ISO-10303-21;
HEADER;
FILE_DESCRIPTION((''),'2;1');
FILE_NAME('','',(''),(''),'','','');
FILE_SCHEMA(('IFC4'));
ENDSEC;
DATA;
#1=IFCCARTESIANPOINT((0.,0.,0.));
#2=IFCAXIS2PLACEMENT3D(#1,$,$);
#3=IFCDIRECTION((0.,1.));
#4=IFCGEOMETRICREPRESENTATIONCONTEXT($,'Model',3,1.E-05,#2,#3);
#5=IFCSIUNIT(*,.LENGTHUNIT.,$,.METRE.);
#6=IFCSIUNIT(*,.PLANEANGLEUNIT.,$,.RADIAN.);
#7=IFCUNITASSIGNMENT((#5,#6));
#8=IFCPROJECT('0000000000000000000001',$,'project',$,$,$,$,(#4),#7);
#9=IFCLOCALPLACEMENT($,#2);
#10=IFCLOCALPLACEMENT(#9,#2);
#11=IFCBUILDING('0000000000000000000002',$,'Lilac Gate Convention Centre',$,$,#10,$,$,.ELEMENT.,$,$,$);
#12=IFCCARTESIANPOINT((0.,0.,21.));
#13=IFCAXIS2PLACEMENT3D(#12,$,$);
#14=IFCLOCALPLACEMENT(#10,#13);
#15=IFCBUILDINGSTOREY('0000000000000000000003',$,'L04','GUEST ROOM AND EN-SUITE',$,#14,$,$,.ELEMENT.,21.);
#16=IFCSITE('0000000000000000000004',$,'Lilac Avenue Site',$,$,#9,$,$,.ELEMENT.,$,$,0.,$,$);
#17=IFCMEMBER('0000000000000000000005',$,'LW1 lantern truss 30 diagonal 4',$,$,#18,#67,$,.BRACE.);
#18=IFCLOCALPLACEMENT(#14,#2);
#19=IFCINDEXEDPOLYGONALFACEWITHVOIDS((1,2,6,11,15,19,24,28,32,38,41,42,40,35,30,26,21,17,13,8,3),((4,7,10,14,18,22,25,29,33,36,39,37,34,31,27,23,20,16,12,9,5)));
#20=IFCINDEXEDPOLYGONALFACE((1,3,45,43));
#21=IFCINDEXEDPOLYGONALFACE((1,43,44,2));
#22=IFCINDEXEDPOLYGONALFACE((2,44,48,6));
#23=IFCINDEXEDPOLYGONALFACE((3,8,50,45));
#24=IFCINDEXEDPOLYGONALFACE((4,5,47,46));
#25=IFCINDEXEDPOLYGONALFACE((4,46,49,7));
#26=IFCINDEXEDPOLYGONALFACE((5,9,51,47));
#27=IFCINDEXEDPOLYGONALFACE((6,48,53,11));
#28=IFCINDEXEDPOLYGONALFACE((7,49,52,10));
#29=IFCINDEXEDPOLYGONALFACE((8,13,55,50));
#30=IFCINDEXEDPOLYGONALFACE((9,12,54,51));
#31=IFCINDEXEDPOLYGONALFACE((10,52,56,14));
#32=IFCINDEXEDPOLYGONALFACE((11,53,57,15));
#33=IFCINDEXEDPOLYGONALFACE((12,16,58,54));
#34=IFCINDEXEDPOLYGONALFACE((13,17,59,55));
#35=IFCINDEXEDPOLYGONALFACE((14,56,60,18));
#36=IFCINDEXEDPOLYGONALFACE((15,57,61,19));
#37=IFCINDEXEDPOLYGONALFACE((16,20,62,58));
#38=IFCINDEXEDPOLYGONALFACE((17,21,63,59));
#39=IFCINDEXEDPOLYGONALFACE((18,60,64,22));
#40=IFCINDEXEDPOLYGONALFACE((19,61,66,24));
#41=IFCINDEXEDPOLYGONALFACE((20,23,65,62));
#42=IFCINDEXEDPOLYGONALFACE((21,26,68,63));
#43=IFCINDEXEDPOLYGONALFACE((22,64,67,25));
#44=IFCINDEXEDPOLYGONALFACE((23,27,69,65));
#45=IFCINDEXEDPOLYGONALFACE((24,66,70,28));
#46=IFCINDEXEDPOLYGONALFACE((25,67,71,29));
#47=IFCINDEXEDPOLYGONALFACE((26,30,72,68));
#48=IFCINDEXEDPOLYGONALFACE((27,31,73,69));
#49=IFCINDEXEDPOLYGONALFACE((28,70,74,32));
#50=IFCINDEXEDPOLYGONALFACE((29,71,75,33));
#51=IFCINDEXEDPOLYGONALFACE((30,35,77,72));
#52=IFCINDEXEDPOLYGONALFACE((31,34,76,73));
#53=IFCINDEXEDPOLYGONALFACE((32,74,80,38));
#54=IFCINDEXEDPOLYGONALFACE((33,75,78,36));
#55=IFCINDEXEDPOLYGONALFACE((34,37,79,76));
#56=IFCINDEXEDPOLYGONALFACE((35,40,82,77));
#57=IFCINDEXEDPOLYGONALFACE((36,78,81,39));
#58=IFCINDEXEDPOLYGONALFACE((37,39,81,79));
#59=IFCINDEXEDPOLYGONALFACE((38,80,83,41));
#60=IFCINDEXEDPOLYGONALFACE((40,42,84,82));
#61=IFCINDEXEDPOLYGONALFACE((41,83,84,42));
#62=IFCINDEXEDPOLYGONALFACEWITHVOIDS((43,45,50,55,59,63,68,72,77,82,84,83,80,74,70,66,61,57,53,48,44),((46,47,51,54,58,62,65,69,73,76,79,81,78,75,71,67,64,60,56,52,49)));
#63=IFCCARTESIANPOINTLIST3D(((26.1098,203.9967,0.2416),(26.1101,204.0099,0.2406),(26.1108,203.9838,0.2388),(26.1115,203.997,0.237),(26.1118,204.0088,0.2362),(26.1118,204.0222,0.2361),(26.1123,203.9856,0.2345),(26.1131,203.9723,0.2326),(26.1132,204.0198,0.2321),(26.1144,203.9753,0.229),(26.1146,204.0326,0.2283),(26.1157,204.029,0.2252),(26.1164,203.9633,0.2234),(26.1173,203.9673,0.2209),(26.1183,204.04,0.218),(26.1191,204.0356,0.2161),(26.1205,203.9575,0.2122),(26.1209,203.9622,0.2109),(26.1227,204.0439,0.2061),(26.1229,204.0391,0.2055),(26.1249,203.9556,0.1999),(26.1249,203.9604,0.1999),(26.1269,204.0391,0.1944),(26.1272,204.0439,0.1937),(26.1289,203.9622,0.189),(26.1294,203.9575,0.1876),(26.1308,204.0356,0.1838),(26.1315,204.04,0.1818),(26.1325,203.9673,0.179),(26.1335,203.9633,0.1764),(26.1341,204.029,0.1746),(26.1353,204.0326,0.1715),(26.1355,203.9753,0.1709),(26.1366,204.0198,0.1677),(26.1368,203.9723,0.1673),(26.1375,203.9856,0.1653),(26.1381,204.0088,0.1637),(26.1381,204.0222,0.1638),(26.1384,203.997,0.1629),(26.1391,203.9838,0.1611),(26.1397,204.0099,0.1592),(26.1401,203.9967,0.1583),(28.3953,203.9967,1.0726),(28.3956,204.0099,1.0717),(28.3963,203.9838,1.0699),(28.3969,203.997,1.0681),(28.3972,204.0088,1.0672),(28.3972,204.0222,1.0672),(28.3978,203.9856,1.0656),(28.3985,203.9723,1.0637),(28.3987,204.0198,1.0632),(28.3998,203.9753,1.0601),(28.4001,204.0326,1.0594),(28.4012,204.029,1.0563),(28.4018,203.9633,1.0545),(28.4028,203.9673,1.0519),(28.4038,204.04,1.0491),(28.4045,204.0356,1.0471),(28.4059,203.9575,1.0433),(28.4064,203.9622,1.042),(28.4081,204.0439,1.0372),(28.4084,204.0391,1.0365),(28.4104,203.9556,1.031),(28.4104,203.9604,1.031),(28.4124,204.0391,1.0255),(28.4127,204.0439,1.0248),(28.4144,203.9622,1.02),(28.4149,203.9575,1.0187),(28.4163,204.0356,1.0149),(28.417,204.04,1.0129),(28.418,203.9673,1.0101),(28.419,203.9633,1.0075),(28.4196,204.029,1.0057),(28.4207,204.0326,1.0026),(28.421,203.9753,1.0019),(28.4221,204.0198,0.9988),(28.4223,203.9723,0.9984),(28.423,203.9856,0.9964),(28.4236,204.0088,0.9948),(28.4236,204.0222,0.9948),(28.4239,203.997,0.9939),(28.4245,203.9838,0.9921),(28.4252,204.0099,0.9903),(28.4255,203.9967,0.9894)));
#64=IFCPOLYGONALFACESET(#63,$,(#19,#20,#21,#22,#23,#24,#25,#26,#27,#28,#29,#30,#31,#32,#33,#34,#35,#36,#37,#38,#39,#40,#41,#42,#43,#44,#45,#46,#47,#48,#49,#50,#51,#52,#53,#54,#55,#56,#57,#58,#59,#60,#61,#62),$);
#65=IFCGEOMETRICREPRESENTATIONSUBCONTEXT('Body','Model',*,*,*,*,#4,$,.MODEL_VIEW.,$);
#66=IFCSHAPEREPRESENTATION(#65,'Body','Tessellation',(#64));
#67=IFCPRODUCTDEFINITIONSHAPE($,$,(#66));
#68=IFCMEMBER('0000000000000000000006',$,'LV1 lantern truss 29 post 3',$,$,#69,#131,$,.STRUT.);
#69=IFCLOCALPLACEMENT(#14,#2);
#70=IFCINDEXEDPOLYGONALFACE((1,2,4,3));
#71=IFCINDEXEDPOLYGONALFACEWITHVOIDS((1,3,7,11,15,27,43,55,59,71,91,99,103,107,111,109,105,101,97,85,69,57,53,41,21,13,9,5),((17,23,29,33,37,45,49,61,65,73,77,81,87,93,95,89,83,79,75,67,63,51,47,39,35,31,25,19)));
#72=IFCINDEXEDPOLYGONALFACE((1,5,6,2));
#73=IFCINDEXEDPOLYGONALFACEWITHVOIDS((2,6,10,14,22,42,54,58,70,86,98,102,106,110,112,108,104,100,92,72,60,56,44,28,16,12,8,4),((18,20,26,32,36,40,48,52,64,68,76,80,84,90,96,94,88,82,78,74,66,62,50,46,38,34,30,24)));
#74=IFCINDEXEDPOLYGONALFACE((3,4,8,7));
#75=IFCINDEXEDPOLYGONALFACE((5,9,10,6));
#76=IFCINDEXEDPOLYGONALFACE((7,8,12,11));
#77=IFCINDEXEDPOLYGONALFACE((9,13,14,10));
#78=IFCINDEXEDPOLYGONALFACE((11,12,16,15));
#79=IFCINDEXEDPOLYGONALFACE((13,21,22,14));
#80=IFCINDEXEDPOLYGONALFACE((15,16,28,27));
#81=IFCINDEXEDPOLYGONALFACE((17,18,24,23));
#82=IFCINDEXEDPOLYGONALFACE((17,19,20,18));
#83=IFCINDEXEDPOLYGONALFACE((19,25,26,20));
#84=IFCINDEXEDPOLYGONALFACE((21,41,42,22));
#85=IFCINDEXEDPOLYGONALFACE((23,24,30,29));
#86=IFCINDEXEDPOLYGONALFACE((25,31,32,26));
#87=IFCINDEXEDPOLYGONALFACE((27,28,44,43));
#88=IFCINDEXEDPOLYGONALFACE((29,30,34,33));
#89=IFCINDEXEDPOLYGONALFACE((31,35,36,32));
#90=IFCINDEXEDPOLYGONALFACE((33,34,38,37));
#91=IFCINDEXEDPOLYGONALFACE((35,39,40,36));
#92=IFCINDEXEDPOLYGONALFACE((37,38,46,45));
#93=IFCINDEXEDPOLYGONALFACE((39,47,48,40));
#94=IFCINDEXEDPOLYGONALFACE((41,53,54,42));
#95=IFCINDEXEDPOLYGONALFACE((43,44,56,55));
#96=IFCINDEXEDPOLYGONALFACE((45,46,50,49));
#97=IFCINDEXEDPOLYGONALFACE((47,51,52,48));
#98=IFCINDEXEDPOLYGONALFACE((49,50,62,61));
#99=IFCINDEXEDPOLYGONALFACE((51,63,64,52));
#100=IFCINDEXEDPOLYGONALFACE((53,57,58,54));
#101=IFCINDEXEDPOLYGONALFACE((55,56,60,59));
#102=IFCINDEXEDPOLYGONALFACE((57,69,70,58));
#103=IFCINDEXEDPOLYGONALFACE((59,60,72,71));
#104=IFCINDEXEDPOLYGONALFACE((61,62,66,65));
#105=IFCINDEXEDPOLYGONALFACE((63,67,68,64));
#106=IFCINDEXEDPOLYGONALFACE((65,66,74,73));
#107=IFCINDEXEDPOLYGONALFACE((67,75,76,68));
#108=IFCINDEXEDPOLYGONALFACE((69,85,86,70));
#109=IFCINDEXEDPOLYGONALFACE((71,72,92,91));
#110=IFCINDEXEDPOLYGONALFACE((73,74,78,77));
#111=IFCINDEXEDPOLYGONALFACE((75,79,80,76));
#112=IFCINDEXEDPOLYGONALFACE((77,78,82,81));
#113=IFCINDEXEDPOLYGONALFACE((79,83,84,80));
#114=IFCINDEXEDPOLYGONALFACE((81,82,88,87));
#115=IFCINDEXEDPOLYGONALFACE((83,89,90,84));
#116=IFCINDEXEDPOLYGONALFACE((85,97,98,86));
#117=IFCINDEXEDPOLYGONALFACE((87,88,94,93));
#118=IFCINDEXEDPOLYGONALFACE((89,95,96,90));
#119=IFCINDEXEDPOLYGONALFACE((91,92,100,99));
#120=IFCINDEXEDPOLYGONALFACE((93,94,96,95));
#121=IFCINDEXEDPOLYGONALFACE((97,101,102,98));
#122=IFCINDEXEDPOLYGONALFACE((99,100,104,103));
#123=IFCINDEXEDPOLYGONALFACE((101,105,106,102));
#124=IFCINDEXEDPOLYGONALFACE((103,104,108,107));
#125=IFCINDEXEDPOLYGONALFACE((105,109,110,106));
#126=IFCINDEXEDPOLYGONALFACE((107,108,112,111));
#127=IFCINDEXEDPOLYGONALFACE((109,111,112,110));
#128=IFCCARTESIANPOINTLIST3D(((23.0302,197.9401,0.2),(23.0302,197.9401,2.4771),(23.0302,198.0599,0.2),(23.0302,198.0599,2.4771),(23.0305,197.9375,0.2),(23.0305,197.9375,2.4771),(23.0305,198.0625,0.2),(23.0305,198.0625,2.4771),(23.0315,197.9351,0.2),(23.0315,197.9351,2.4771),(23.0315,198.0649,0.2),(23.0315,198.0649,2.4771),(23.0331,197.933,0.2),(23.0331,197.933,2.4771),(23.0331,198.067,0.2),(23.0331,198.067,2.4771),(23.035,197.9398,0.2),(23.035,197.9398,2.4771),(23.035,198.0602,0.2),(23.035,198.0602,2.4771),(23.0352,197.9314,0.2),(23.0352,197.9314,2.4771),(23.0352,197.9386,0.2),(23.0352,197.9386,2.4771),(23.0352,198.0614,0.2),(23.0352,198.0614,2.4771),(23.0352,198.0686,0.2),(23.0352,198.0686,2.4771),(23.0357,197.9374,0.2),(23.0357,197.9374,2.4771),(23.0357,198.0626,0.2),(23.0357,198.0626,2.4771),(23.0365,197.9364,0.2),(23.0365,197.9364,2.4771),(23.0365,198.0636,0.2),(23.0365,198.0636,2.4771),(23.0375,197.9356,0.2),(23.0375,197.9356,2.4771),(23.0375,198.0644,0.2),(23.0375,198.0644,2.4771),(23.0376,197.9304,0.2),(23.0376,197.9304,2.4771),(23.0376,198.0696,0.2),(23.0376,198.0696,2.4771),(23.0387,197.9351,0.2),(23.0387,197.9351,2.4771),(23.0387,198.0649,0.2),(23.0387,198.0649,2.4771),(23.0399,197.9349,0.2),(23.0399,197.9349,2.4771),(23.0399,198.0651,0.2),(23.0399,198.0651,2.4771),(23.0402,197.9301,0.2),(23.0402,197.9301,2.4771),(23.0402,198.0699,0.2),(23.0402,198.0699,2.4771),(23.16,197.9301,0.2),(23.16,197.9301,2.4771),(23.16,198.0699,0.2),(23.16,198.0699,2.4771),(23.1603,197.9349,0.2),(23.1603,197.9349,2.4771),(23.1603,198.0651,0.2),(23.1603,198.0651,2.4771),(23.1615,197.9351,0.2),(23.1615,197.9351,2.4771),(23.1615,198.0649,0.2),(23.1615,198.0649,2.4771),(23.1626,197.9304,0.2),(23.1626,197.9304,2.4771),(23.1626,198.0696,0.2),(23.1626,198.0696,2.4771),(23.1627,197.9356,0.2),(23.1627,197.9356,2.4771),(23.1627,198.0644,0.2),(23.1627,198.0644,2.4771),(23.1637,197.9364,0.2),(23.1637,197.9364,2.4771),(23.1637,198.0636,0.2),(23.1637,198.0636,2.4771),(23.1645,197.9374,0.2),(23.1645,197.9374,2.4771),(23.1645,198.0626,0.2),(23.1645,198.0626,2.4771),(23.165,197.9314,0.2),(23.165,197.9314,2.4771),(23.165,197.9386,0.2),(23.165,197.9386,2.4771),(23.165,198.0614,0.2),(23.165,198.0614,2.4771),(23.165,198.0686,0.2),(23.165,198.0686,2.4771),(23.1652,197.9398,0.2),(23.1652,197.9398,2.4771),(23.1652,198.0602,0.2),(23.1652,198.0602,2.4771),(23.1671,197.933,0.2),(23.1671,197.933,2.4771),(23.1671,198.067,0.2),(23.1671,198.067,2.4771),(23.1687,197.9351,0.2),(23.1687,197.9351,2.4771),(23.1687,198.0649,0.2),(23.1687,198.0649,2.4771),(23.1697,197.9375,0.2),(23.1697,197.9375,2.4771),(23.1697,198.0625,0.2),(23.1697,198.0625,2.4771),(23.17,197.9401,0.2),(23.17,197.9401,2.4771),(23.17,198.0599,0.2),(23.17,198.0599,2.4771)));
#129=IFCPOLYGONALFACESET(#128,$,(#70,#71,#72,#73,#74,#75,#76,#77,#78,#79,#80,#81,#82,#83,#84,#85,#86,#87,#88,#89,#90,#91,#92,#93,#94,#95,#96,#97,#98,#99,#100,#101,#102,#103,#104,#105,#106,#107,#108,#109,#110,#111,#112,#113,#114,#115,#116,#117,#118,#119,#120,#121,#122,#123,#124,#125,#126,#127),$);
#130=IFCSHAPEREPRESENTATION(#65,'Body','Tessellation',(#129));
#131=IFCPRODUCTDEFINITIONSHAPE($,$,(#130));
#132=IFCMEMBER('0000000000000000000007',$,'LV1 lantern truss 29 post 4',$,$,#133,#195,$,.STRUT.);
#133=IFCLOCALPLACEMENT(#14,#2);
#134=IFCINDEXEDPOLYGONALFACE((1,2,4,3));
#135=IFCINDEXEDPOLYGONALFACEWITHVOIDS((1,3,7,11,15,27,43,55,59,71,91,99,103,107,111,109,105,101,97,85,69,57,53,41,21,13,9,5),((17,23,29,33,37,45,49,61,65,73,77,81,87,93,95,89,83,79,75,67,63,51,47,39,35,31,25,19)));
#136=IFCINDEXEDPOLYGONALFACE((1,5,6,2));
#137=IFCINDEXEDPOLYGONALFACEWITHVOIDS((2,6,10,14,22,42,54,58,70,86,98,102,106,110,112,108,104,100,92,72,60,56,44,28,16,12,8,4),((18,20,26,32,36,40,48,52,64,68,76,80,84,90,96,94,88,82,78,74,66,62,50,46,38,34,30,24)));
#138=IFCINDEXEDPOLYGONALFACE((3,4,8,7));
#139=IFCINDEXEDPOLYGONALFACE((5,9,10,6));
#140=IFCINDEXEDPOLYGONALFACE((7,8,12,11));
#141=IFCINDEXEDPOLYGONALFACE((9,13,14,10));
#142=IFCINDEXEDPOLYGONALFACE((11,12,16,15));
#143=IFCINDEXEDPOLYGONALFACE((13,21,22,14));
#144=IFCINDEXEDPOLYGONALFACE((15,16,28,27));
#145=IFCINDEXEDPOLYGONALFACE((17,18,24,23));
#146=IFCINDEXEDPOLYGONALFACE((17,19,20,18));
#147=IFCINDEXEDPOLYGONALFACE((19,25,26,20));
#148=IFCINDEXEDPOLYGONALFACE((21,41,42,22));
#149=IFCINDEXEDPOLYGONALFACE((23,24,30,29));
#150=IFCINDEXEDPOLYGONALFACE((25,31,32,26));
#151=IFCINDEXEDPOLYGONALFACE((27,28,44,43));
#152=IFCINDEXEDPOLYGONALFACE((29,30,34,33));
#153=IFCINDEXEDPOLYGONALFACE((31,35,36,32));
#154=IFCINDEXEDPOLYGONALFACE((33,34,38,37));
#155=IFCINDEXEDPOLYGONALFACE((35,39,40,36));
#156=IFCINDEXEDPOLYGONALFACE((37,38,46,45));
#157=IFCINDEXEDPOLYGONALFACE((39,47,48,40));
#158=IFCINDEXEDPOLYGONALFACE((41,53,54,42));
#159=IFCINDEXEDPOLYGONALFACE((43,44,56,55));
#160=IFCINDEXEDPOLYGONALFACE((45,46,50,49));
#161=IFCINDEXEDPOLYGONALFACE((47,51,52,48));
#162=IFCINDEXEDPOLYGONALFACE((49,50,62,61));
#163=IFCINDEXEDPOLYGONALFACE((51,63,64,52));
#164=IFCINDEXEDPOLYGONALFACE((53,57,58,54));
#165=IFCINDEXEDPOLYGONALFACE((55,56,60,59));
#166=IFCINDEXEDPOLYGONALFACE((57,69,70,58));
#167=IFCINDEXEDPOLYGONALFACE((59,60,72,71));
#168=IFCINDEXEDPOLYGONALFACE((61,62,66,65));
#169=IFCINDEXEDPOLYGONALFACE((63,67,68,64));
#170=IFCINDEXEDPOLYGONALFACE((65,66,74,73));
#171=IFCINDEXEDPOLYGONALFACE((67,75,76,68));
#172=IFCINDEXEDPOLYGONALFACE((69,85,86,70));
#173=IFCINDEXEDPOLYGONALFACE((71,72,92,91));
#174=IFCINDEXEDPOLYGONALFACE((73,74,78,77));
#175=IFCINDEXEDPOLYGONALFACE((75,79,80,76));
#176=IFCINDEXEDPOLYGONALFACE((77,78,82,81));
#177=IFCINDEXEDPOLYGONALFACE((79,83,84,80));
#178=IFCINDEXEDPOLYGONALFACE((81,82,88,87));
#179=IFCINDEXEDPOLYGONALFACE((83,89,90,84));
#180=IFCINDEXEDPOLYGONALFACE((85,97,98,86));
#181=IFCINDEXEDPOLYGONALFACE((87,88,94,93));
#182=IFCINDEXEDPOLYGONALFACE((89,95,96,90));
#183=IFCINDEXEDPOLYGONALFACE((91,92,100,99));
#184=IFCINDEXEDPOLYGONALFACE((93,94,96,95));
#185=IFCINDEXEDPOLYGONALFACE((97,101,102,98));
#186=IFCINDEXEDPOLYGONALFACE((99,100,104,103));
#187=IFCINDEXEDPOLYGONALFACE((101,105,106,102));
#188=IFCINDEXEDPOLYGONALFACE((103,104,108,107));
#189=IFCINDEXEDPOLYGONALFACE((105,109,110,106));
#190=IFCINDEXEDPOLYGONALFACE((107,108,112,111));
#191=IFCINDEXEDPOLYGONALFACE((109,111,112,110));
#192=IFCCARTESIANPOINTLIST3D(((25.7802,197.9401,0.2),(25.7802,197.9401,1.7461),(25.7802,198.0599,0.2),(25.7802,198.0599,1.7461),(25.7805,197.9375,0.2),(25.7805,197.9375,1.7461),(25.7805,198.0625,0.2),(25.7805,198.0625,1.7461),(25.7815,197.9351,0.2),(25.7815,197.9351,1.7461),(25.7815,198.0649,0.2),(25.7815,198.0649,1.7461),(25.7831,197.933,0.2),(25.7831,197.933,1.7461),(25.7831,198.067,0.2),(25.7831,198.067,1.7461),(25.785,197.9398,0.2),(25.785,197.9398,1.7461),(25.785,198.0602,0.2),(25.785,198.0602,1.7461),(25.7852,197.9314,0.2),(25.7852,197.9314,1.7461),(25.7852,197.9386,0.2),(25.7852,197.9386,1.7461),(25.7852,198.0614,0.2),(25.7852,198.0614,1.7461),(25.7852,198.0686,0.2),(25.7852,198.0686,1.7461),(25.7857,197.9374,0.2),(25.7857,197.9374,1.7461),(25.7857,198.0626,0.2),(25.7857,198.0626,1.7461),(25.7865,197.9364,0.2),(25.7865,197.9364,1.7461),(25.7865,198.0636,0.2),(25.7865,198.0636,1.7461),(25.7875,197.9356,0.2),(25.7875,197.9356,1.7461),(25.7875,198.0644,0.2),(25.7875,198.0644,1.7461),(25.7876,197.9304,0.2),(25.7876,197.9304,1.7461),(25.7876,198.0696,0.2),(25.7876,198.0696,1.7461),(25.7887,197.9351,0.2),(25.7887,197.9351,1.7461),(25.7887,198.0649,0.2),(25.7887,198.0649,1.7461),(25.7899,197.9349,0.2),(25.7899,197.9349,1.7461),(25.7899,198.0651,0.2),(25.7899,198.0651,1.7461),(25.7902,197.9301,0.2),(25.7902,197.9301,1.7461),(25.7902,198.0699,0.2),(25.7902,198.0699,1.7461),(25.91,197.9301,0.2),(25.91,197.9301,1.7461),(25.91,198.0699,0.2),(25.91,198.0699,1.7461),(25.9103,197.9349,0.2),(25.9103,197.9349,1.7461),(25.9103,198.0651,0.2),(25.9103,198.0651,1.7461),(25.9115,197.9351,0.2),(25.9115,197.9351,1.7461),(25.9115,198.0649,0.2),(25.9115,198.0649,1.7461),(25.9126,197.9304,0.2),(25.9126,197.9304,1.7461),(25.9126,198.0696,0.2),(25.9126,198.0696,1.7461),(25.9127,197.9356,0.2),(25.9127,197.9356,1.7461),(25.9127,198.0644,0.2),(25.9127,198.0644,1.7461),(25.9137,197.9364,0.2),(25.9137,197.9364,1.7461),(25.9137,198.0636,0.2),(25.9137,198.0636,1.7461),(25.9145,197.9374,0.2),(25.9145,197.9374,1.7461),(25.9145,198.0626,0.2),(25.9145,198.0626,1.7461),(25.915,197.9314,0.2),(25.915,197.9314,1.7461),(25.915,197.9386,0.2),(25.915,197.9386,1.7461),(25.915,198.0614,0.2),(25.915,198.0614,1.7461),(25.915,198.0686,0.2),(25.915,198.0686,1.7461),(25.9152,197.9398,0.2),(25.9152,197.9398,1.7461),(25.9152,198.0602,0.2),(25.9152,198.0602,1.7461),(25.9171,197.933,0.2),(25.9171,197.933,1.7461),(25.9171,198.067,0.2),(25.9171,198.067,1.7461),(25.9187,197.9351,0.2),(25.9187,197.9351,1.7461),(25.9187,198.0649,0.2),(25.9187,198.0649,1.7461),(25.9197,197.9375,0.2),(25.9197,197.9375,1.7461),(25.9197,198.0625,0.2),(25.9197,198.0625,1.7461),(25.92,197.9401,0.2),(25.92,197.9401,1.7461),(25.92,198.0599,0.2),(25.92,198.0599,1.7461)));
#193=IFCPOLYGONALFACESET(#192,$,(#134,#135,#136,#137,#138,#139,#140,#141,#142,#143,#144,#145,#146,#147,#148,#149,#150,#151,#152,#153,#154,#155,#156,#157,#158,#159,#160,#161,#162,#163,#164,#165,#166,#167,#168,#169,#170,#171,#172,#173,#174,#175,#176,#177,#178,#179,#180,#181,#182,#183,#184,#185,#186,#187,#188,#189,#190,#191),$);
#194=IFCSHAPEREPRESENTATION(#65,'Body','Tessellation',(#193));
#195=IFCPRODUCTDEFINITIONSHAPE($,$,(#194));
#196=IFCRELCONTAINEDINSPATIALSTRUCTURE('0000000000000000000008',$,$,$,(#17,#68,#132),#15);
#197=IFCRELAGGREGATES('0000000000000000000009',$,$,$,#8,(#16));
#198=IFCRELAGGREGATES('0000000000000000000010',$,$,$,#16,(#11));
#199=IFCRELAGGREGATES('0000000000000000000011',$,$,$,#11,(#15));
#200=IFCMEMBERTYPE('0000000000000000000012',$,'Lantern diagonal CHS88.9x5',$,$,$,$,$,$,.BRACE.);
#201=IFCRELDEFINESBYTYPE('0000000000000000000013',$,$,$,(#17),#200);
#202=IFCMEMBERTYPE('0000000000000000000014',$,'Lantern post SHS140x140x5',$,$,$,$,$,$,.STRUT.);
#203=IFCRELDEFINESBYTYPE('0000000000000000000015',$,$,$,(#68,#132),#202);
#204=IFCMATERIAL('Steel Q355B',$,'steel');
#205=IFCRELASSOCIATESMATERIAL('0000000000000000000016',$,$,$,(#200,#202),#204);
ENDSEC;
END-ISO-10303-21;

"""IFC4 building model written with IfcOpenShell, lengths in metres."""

from ifc_helpers import new_model, si_unit, direction, frame, origin, origin_2d, place, context, subcontext, project, spatial, hollow_rectangle, hollow_circle, extrude, material, material_profile, profile_set, type_object, element, save


model = new_model("IFC4")

# Units and contexts
model_context = context("Model", 3, precision=1e-05, world=origin(), true_north=direction((0.0, 1.0)))
body_context = subcontext(model_context, "Body", "Model", "MODEL_VIEW")
ifc_project = project(units=[si_unit("LENGTHUNIT", "METRE"), si_unit("PLANEANGLEUNIT", "RADIAN")], contexts=[model_context])

# Site, building, storey
site_placement = place(None, origin())
site = spatial("IfcSite", under=ifc_project, at=site_placement, Name="Lilac Avenue Site", CompositionType="ELEMENT", RefElevation=0.0)
building_placement = place(site_placement, origin())
building = spatial("IfcBuilding", under=site, at=building_placement, Name="Lilac Gate Convention Centre", CompositionType="ELEMENT")
storey_placement = place(building_placement, frame((0.0, 0.0, 21.0)))
storey = spatial("IfcBuildingStorey", under=building, at=storey_placement, Name="L04", Description="GUEST ROOM AND EN-SUITE", CompositionType="ELEMENT", Elevation=21.0)

# Members
ifc_material_1 = material(Name="Steel Q355B", Category="steel")
ifc_material_profile_1 = material_profile(ifc_material_1, hollow_circle(Radius=0.0444, WallThickness=0.0049, at=origin_2d()), Name="CHS88.9x5")
ifc_profile_set_1 = profile_set([ifc_material_profile_1], Name="Steel Q355B")
member_type_1 = type_object("IfcMemberType", Name="Lantern diagonal CHS88.9x5", PredefinedType="BRACE", material=ifc_profile_set_1)
member_1_placement = place(storey_placement, frame((28.4104, 204.0, 1.031), z_axis=(-0.939793, 0.0, -0.341743), x_axis=(0.0, -1.0, 0.0)))
element("IfcMember", 1, at=member_1_placement, inside=storey, type_object=member_type_1, Name="LW1 lantern truss 30 diagonal 4", PredefinedType="BRACE", context=body_context, shape_type="SweptSolid", body=[
    extrude(hollow_circle(Radius=0.0444, WallThickness=0.0049, at=origin_2d()), origin(), (0.0, 0.0, 1.0), 2.4319),
])
ifc_material_profile_2 = material_profile(ifc_material_1, hollow_rectangle(XDim=0.1399, YDim=0.1399, WallThickness=0.0049, InnerFilletRadius=0.0049, OuterFilletRadius=0.01, at=origin_2d()), Name="SHS140x140x5")
ifc_profile_set_2 = profile_set([ifc_material_profile_2], Name="Steel Q355B")
member_type_2 = type_object("IfcMemberType", Name="Lantern post SHS140x140x5", PredefinedType="STRUT", material=ifc_profile_set_2)
member_2_placement = place(storey_placement, frame((23.1001, 198.0, 0.2), z_axis=(0.0, 0.0, 1.0), x_axis=(1.0, 0.0, 0.0)))
element("IfcMember", 2, at=member_2_placement, inside=storey, type_object=member_type_2, Name="LV1 lantern truss 29 post 3", PredefinedType="STRUT", context=body_context, shape_type="SweptSolid", body=[
    extrude(hollow_rectangle(XDim=0.1399, YDim=0.1399, WallThickness=0.0049, InnerFilletRadius=0.0049, OuterFilletRadius=0.01, at=origin_2d()), origin(), (0.0, 0.0, 1.0), 2.2771),
])
member_3_placement = place(storey_placement, frame((25.8501, 198.0, 0.2), z_axis=(0.0, 0.0, 1.0), x_axis=(1.0, 0.0, 0.0)))
element("IfcMember", 3, at=member_3_placement, inside=storey, type_object=member_type_2, Name="LV1 lantern truss 29 post 4", PredefinedType="STRUT", context=body_context, shape_type="SweptSolid", body=[
    extrude(hollow_rectangle(XDim=0.1399, YDim=0.1399, WallThickness=0.0049, InnerFilletRadius=0.0049, OuterFilletRadius=0.01, at=origin_2d()), origin(), (0.0, 0.0, 1.0), 1.5461),
])

save(model, "model.ifc")
